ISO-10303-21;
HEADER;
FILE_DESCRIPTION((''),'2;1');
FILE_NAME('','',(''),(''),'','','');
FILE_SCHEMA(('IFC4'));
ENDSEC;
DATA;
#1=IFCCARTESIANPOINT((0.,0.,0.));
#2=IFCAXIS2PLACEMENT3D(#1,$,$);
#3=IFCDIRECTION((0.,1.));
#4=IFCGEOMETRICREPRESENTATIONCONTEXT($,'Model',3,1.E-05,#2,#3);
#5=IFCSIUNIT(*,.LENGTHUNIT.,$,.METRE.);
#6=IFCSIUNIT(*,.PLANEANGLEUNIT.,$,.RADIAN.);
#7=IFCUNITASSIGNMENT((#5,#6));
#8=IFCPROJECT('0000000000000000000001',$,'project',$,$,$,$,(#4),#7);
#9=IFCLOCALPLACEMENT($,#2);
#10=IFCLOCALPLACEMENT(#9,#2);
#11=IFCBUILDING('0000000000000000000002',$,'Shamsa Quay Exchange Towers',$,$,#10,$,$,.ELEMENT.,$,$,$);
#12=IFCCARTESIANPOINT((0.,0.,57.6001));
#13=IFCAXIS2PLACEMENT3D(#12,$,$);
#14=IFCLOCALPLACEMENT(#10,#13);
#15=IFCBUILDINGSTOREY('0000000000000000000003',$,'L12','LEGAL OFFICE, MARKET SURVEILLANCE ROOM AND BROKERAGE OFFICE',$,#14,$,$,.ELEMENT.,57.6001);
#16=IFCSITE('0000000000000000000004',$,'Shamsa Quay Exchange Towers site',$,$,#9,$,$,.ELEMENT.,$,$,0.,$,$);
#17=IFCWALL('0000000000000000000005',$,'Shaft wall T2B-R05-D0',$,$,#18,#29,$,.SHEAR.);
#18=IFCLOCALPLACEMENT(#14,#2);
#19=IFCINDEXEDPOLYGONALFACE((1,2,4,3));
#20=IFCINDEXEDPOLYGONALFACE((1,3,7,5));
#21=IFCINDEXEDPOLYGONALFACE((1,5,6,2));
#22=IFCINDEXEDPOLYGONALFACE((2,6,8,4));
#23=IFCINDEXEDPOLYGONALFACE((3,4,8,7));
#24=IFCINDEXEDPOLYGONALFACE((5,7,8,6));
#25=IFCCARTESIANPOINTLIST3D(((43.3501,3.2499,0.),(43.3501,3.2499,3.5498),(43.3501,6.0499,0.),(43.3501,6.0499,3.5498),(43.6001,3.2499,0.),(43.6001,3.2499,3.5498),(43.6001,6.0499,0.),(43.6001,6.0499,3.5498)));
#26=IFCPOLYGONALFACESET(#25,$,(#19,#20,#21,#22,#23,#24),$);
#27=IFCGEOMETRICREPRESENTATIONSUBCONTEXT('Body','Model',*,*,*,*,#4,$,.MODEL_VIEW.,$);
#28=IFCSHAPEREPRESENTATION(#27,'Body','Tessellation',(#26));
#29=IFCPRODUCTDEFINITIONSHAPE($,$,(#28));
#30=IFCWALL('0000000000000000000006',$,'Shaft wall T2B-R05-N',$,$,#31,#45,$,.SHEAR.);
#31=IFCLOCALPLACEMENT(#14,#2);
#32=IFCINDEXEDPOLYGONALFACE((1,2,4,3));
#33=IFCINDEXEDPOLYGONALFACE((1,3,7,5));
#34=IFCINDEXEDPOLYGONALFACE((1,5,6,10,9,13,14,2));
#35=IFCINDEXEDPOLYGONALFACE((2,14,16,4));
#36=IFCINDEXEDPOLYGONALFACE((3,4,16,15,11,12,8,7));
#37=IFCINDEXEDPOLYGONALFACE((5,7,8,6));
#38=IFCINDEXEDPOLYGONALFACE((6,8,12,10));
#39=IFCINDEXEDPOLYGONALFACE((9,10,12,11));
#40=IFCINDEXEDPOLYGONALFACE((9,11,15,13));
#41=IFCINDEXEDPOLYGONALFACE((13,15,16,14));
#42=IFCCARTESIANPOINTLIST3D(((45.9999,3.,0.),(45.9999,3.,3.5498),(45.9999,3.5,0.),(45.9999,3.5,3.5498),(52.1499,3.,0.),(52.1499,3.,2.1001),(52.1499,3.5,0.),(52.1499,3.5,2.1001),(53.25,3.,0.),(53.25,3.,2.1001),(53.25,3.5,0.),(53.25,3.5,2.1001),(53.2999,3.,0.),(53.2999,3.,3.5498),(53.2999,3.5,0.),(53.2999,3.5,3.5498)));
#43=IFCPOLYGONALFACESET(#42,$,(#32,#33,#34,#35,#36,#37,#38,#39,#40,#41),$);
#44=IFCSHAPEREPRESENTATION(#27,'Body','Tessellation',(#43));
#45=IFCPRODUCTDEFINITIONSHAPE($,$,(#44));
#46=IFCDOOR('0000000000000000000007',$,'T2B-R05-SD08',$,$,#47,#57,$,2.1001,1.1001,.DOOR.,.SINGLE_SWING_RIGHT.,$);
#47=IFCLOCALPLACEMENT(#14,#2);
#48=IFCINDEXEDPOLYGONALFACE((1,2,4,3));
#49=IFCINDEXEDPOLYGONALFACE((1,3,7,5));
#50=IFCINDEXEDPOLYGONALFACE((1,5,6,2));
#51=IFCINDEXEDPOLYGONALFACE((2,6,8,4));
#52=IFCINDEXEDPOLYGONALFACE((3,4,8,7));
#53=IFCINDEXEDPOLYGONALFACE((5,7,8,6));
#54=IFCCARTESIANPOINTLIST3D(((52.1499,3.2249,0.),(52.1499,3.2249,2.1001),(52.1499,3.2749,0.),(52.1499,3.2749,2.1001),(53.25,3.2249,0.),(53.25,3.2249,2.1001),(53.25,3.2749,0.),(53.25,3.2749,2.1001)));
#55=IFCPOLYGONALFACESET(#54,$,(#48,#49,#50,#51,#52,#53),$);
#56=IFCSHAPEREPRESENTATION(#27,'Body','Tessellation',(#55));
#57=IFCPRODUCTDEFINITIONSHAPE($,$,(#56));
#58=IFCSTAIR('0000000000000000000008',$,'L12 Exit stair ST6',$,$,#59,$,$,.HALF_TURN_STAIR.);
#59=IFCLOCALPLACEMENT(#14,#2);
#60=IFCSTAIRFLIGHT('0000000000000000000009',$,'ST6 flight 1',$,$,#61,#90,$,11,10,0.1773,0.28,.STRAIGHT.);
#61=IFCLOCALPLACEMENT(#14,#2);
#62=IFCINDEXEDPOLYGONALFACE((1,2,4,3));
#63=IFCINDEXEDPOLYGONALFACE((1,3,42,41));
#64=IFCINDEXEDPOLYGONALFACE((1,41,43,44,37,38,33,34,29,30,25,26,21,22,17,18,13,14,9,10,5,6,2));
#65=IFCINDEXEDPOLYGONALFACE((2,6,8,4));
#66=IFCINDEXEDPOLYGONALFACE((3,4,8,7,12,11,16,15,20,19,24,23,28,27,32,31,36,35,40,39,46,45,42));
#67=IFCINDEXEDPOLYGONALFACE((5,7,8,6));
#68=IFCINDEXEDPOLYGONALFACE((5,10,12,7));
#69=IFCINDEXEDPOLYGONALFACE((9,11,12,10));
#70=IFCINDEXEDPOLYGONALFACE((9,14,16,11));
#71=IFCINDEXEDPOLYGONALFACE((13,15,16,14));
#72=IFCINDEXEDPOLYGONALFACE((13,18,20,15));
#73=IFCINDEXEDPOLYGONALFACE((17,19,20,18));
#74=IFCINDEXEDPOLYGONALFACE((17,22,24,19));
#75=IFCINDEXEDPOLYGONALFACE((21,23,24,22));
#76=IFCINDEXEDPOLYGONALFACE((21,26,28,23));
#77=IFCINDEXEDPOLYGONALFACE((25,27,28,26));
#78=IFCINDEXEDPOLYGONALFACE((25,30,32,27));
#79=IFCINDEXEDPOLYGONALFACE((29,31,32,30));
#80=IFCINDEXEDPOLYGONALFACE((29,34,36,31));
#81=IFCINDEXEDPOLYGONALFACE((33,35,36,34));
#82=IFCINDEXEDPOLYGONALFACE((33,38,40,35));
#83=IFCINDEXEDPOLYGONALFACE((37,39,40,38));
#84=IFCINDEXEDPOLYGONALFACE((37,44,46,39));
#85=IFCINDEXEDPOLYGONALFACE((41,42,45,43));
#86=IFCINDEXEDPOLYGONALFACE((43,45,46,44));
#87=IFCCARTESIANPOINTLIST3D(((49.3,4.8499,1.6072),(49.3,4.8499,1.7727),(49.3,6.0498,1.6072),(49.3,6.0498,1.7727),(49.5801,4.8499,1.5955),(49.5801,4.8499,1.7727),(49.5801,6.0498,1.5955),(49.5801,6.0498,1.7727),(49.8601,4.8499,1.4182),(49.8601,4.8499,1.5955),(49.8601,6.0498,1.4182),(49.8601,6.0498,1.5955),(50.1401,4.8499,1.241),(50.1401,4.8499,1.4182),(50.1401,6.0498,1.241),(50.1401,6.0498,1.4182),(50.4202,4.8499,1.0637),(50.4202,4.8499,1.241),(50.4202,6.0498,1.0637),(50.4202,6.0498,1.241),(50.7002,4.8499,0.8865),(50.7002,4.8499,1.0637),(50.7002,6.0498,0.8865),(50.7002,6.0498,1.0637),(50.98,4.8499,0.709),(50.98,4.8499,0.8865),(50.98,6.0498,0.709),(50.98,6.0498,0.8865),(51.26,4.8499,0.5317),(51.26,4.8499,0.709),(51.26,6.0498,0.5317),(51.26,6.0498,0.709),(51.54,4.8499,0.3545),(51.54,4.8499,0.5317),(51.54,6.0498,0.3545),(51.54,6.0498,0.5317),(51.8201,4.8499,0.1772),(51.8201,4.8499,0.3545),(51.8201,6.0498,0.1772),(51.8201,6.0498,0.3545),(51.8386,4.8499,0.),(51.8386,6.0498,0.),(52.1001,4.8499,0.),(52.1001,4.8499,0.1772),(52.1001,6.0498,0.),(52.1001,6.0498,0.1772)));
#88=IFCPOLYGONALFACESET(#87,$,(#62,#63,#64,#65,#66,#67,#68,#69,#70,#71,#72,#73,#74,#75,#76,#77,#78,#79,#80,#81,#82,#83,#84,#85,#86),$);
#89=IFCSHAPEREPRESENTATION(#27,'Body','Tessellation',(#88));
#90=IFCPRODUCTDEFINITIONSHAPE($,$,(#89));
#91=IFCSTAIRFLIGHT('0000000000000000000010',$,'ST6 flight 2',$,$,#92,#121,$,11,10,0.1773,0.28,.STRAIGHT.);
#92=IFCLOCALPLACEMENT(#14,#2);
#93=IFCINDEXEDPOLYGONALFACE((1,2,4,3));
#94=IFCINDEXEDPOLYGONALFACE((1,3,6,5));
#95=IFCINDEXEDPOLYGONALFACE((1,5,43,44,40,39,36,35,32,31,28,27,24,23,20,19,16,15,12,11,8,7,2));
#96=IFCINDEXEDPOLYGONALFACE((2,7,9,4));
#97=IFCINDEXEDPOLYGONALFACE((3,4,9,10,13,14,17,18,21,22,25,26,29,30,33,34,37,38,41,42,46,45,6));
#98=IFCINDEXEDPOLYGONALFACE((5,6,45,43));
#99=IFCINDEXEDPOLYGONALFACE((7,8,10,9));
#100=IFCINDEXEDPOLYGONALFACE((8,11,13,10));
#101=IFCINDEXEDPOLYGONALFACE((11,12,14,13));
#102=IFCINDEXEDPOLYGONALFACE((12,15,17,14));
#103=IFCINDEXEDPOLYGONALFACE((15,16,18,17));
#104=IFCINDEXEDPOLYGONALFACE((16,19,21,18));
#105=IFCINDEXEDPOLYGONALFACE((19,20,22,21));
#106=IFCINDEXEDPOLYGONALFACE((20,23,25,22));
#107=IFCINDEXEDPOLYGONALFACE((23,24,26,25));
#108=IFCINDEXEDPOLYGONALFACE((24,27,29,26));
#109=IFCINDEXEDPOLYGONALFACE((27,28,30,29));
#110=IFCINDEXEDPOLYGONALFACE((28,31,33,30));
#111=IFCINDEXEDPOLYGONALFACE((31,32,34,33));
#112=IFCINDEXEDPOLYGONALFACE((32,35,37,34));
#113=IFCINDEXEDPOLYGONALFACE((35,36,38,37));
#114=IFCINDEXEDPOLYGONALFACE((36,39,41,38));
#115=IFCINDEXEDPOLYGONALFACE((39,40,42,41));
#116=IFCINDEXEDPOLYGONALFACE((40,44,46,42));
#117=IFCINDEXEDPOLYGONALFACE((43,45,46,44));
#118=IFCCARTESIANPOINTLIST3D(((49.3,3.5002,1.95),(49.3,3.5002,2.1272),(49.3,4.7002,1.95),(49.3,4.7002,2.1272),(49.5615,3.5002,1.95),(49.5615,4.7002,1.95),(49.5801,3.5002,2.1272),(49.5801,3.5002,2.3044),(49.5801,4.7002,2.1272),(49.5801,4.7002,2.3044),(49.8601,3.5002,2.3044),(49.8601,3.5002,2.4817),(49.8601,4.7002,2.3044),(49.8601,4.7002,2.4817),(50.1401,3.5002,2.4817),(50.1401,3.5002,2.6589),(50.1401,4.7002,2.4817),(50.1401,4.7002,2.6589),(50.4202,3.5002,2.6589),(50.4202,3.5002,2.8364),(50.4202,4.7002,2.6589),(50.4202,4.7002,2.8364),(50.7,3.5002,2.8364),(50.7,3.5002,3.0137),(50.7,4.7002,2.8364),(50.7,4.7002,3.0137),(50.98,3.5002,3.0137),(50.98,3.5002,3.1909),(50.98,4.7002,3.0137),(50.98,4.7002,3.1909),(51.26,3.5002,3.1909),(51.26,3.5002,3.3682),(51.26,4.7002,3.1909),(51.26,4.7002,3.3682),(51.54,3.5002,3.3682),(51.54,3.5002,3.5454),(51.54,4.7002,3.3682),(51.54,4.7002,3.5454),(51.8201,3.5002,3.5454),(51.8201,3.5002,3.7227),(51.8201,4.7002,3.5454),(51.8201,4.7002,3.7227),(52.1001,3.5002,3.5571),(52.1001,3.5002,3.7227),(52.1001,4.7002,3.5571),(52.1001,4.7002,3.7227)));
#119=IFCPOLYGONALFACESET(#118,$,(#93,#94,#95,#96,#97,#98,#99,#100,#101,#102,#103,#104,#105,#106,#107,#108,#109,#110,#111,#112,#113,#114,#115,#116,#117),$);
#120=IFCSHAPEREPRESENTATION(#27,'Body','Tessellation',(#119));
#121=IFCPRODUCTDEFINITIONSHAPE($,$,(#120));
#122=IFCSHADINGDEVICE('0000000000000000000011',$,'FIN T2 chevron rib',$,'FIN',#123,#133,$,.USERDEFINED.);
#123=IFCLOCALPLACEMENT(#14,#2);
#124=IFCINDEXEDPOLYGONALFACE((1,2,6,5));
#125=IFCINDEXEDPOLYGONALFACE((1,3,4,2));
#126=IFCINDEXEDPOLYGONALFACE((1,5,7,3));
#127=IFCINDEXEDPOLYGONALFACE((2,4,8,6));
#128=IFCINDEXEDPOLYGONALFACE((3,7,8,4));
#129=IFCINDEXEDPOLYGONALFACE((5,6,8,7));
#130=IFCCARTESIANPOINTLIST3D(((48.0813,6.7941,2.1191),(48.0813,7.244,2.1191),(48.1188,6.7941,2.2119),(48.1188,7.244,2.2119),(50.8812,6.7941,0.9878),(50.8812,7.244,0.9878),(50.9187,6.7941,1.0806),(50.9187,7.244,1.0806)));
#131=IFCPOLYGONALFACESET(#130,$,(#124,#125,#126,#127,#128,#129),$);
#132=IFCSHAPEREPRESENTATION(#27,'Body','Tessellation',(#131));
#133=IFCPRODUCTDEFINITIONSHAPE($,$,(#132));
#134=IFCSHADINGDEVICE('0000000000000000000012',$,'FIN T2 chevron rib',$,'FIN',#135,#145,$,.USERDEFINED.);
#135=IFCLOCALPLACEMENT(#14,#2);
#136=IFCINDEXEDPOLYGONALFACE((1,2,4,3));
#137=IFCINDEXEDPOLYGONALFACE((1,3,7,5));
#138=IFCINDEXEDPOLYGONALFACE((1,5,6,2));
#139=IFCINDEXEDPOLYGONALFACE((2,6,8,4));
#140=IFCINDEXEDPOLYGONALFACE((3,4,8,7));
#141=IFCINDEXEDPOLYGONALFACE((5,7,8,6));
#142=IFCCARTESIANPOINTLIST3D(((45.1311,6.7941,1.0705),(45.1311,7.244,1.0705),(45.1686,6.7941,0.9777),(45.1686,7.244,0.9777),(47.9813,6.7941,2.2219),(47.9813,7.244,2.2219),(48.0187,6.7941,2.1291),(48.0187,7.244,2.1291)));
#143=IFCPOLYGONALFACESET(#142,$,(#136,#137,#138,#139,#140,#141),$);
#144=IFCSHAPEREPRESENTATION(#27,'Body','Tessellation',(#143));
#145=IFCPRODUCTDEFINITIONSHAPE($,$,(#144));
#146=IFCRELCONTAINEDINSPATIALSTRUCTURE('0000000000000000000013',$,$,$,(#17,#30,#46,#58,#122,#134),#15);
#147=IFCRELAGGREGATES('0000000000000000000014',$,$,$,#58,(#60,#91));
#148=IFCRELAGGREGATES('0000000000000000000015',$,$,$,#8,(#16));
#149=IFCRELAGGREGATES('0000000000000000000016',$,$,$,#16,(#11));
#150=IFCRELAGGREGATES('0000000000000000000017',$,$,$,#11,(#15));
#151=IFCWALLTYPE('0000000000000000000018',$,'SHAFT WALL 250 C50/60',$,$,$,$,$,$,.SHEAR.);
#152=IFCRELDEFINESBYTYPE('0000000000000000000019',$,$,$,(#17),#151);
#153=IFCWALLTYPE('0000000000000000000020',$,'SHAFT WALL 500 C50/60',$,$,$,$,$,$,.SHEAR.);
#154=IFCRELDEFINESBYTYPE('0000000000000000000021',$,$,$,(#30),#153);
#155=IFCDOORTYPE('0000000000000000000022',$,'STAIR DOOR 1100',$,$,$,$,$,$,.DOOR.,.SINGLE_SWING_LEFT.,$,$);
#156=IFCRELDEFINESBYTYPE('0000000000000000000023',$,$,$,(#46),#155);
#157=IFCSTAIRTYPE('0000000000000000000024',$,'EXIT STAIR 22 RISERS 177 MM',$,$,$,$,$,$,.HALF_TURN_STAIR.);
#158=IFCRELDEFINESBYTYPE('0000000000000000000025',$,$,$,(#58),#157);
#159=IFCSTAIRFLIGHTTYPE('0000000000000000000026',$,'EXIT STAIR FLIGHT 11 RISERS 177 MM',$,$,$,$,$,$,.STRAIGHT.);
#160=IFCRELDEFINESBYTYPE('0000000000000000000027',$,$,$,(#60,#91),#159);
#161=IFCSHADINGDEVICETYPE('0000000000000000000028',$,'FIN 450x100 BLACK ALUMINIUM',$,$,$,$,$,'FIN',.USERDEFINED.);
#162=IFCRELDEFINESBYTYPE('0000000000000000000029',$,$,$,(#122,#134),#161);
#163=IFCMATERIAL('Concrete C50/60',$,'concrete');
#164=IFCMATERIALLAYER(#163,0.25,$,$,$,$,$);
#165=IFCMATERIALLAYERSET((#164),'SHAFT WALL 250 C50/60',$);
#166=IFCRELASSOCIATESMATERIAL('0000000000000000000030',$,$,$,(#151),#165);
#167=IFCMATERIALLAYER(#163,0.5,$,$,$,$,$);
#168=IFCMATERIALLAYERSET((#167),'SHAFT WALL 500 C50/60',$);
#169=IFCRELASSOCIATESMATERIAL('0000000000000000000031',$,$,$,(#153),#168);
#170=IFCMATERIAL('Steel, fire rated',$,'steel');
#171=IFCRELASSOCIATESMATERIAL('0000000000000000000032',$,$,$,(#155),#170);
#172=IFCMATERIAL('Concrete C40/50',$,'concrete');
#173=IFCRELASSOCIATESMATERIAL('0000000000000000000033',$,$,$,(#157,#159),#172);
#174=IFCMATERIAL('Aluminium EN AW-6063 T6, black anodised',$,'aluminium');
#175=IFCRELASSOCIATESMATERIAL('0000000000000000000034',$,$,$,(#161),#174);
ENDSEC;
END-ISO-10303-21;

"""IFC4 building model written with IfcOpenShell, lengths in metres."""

from ifc_helpers import new_model, si_unit, direction, frame, frame_2d, origin, origin_2d, place, context, subcontext, project, spatial, polyline, rectangle, outline, extrude, material, layer, layer_set, material_profile, profile_set, type_object, element, fill, aggregate, save


model = new_model("IFC4")

# Units and contexts
model_context = context("Model", 3, precision=1e-05, world=origin(), true_north=direction((0.0, 1.0)))
body_context = subcontext(model_context, "Body", "Model", "MODEL_VIEW")
ifc_project = project(units=[si_unit("LENGTHUNIT", "METRE"), si_unit("PLANEANGLEUNIT", "RADIAN")], contexts=[model_context])

# Site, building, storey
site_placement = place(None, origin())
site = spatial("IfcSite", under=ifc_project, at=site_placement, Name="Shamsa Quay Exchange Towers site", CompositionType="ELEMENT", RefElevation=0.0)
building_placement = place(site_placement, origin())
building = spatial("IfcBuilding", under=site, at=building_placement, Name="Shamsa Quay Exchange Towers", CompositionType="ELEMENT")
storey_placement = place(building_placement, frame((0.0, 0.0, 57.6001)))
storey = spatial("IfcBuildingStorey", under=building, at=storey_placement, Name="L12", Description="LEGAL OFFICE, MARKET SURVEILLANCE ROOM AND BROKERAGE OFFICE", CompositionType="ELEMENT", Elevation=57.6001)

# Shared definitions
ifc_material_1 = material(Name="Aluminium EN AW-6063 T6, black anodised", Category="aluminium")

# Shared definitions
ifc_material_2 = material(Name="Concrete C50/60", Category="concrete")
ifc_layer_1 = layer(ifc_material_2, 0.25)
ifc_layer_set_1 = layer_set([ifc_layer_1], Name="SHAFT WALL 250 C50/60")
wall_type_1 = type_object("IfcWallType", Name="SHAFT WALL 250 C50/60", PredefinedType="SHEAR", material=ifc_layer_set_1)
ifc_material_3 = material(Name="Steel, fire rated", Category="steel")

# Wall
for number, where, z_axis, x_axis, name in (
    (1, (43.4751, 3.25, 0.0), (0.0, 0.0, 1.0), (0.0, 1.0, 0.0), "Shaft wall T2B-R05-D0"),
):
    element("IfcWall", number, at=place(storey_placement, frame(where, z_axis=z_axis, x_axis=x_axis)), inside=storey, type_object=wall_type_1, Name=name, PredefinedType="SHEAR", context=body_context, shape_type="SweptSolid", body=[
        extrude(rectangle(XDim=2.8, YDim=0.25, at=frame_2d((1.3999, 0.0))), origin(), (0.0, 0.0, 1.0), 3.5498),
    ])

# Wall, opening, door
ifc_layer_2 = layer(ifc_material_2, 0.5)
ifc_layer_set_2 = layer_set([ifc_layer_2], Name="SHAFT WALL 500 C50/60")
wall_type_2 = type_object("IfcWallType", Name="SHAFT WALL 500 C50/60", PredefinedType="SHEAR", material=ifc_layer_set_2)
wall_1_placement = place(storey_placement, frame((46.0, 3.25, 0.0)))
wall_1 = element("IfcWall", 2, at=wall_1_placement, inside=storey, type_object=wall_type_2, Name="Shaft wall T2B-R05-N", PredefinedType="SHEAR", context=body_context, shape_type="SweptSolid", body=[
    extrude(rectangle(XDim=7.3, YDim=0.5, at=frame_2d((3.6499, 0.0))), origin(), (0.0, 0.0, 1.0), 3.5498),
])
opening_1_placement = place(wall_1_placement, frame((6.1499, 0.0, 0.0)))
opening_1 = element("IfcOpeningElement", 3, at=opening_1_placement, cuts=wall_1, PredefinedType="OPENING", context=body_context, shape_type="SweptSolid", body=[
    extrude(rectangle(XDim=1.1001, YDim=2.1001, at=frame_2d((0.55, 1.05))), frame((0.0, 0.26, 0.0), z_axis=(0.0, -1.0, 0.0), x_axis=(1.0, 0.0, 0.0)), (0.0, 0.0, 1.0), 0.52),
])
door_type_1 = type_object("IfcDoorType", Name="STAIR DOOR 1100", OperationType="SINGLE_SWING_LEFT", PredefinedType="DOOR", material=ifc_material_3)
door_1_placement = place(opening_1_placement, origin())
door_1 = element("IfcDoor", 4, at=door_1_placement, inside=storey, type_object=door_type_1, Name="T2B-R05-SD08", OperationType="SINGLE_SWING_RIGHT", OverallHeight=2.1001, OverallWidth=1.1001, PredefinedType="DOOR", context=body_context, shape_type="SweptSolid", body=[
    extrude(rectangle(XDim=1.1001, YDim=2.1001, at=frame_2d((0.55, 1.05))), frame((0.0, 0.0249, 0.0), z_axis=(0.0, -1.0, 0.0), x_axis=(1.0, 0.0, 0.0)), (0.0, 0.0, 1.0), 0.05),
])
fill(opening_1, door_1)

# Stair, stair flights
ifc_material_4 = material(Name="Concrete C40/50", Category="concrete")
stair_type = type_object("IfcStairType", Name="EXIT STAIR 22 RISERS 177 MM", PredefinedType="HALF_TURN_STAIR", material=ifc_material_4)
stair_placement = place(storey_placement, origin())
stair = element("IfcStair", 5, at=stair_placement, inside=storey, type_object=stair_type, Name="L12 Exit stair ST6", PredefinedType="HALF_TURN_STAIR")
stair_flight_type = type_object("IfcStairFlightType", Name="EXIT STAIR FLIGHT 11 RISERS 177 MM", PredefinedType="STRAIGHT", material=ifc_material_4)
stair_flight_1_placement = place(storey_placement, frame((52.1001, 5.45, 0.0), z_axis=(0.0, 0.0, 1.0), x_axis=(-1.0, 0.0, 0.0)))
stair_flight_1 = element("IfcStairFlight", 6, at=stair_flight_1_placement, type_object=stair_flight_type, Name="ST6 flight 1", NumberOfRisers=11, NumberOfTreads=10, PredefinedType="STRAIGHT", RiserHeight=0.1773, TreadLength=0.28, context=body_context, shape_type="SweptSolid", body=[
    extrude(outline(polyline([(0.0, 0.0), (0.0, 0.1772), (0.28, 0.1772), (0.28, 0.3545), (0.5601, 0.3545), (0.5601, 0.5317), (0.8401, 0.5317), (0.8401, 0.709), (1.1201, 0.709), (1.1201, 0.8865), (1.3999, 0.8865), (1.3999, 1.0637), (1.6799, 1.0637), (1.6799, 1.241), (1.96, 1.241), (1.96, 1.4182), (2.24, 1.4182), (2.24, 1.5955), (2.52, 1.5955), (2.52, 1.7727), (2.8, 1.7727), (2.8, 1.95), (2.8, 1.6072), (0.2615, 0.0), (0.0, 0.0)])), frame((0.0, 0.6001, 0.0), z_axis=(0.0, -1.0, 0.0), x_axis=(1.0, 0.0, 0.0)), (0.0, 0.0, 1.0), 1.2),
])
stair_flight_2_placement = place(storey_placement, frame((49.3, 4.1001, 1.95)))
stair_flight_2 = element("IfcStairFlight", 7, at=stair_flight_2_placement, type_object=stair_flight_type, Name="ST6 flight 2", NumberOfRisers=11, NumberOfTreads=10, PredefinedType="STRAIGHT", RiserHeight=0.1773, TreadLength=0.28, context=body_context, shape_type="SweptSolid", body=[
    extrude(outline(polyline([(0.0, 0.0), (0.0, 0.1772), (0.28, 0.1772), (0.28, 0.3545), (0.5601, 0.3545), (0.5601, 0.5317), (0.8401, 0.5317), (0.8401, 0.709), (1.1201, 0.709), (1.1201, 0.8865), (1.3999, 0.8865), (1.3999, 1.0637), (1.6799, 1.0637), (1.6799, 1.241), (1.96, 1.241), (1.96, 1.4182), (2.24, 1.4182), (2.24, 1.5955), (2.52, 1.5955), (2.52, 1.7727), (2.8, 1.7727), (2.8, 1.95), (2.8, 1.6072), (0.2615, 0.0), (0.0, 0.0)])), frame((0.0, 0.6001, 0.0), z_axis=(0.0, -1.0, 0.0), x_axis=(1.0, 0.0, 0.0)), (0.0, 0.0, 1.0), 1.2),
])
aggregate(stair, [stair_flight_1, stair_flight_2])

# Shading devices
ifc_material_profile = material_profile(ifc_material_1, rectangle(XDim=0.45, YDim=0.1001, at=origin_2d()), Name="FIN450x100")
ifc_profile_set = profile_set([ifc_material_profile], Name="Aluminium EN AW-6063 T6, black anodised")
shading_device_type = type_object("IfcShadingDeviceType", Name="FIN 450x100 BLACK ALUMINIUM", ElementType="FIN", PredefinedType="USERDEFINED", material=ifc_profile_set)
shading_device_1_placement = place(storey_placement, frame((50.8999, 7.019, 1.0342), z_axis=(-0.927166, 0.0, 0.37465), x_axis=(0.0, -1.0, 0.0)))
element("IfcShadingDevice", 8, at=shading_device_1_placement, inside=storey, type_object=shading_device_type, Name="FIN T2 chevron rib", ObjectType="FIN", PredefinedType="USERDEFINED", context=body_context, shape_type="SweptSolid", body=[
    extrude(rectangle(XDim=0.45, YDim=0.1001, at=origin_2d()), origin(), (0.0, 0.0, 1.0), 3.0198),
])
shading_device_2_placement = place(storey_placement, frame((48.0, 7.019, 2.1755), z_axis=(-0.9272, 0.0, -0.374565), x_axis=(0.0, -1.0, 0.0)))
element("IfcShadingDevice", 9, at=shading_device_2_placement, inside=storey, type_object=shading_device_type, Name="FIN T2 chevron rib", ObjectType="FIN", PredefinedType="USERDEFINED", context=body_context, shape_type="SweptSolid", body=[
    extrude(rectangle(XDim=0.45, YDim=0.1001, at=origin_2d()), origin(), (0.0, 0.0, 1.0), 3.074),
])

save(model, "model.ifc")
